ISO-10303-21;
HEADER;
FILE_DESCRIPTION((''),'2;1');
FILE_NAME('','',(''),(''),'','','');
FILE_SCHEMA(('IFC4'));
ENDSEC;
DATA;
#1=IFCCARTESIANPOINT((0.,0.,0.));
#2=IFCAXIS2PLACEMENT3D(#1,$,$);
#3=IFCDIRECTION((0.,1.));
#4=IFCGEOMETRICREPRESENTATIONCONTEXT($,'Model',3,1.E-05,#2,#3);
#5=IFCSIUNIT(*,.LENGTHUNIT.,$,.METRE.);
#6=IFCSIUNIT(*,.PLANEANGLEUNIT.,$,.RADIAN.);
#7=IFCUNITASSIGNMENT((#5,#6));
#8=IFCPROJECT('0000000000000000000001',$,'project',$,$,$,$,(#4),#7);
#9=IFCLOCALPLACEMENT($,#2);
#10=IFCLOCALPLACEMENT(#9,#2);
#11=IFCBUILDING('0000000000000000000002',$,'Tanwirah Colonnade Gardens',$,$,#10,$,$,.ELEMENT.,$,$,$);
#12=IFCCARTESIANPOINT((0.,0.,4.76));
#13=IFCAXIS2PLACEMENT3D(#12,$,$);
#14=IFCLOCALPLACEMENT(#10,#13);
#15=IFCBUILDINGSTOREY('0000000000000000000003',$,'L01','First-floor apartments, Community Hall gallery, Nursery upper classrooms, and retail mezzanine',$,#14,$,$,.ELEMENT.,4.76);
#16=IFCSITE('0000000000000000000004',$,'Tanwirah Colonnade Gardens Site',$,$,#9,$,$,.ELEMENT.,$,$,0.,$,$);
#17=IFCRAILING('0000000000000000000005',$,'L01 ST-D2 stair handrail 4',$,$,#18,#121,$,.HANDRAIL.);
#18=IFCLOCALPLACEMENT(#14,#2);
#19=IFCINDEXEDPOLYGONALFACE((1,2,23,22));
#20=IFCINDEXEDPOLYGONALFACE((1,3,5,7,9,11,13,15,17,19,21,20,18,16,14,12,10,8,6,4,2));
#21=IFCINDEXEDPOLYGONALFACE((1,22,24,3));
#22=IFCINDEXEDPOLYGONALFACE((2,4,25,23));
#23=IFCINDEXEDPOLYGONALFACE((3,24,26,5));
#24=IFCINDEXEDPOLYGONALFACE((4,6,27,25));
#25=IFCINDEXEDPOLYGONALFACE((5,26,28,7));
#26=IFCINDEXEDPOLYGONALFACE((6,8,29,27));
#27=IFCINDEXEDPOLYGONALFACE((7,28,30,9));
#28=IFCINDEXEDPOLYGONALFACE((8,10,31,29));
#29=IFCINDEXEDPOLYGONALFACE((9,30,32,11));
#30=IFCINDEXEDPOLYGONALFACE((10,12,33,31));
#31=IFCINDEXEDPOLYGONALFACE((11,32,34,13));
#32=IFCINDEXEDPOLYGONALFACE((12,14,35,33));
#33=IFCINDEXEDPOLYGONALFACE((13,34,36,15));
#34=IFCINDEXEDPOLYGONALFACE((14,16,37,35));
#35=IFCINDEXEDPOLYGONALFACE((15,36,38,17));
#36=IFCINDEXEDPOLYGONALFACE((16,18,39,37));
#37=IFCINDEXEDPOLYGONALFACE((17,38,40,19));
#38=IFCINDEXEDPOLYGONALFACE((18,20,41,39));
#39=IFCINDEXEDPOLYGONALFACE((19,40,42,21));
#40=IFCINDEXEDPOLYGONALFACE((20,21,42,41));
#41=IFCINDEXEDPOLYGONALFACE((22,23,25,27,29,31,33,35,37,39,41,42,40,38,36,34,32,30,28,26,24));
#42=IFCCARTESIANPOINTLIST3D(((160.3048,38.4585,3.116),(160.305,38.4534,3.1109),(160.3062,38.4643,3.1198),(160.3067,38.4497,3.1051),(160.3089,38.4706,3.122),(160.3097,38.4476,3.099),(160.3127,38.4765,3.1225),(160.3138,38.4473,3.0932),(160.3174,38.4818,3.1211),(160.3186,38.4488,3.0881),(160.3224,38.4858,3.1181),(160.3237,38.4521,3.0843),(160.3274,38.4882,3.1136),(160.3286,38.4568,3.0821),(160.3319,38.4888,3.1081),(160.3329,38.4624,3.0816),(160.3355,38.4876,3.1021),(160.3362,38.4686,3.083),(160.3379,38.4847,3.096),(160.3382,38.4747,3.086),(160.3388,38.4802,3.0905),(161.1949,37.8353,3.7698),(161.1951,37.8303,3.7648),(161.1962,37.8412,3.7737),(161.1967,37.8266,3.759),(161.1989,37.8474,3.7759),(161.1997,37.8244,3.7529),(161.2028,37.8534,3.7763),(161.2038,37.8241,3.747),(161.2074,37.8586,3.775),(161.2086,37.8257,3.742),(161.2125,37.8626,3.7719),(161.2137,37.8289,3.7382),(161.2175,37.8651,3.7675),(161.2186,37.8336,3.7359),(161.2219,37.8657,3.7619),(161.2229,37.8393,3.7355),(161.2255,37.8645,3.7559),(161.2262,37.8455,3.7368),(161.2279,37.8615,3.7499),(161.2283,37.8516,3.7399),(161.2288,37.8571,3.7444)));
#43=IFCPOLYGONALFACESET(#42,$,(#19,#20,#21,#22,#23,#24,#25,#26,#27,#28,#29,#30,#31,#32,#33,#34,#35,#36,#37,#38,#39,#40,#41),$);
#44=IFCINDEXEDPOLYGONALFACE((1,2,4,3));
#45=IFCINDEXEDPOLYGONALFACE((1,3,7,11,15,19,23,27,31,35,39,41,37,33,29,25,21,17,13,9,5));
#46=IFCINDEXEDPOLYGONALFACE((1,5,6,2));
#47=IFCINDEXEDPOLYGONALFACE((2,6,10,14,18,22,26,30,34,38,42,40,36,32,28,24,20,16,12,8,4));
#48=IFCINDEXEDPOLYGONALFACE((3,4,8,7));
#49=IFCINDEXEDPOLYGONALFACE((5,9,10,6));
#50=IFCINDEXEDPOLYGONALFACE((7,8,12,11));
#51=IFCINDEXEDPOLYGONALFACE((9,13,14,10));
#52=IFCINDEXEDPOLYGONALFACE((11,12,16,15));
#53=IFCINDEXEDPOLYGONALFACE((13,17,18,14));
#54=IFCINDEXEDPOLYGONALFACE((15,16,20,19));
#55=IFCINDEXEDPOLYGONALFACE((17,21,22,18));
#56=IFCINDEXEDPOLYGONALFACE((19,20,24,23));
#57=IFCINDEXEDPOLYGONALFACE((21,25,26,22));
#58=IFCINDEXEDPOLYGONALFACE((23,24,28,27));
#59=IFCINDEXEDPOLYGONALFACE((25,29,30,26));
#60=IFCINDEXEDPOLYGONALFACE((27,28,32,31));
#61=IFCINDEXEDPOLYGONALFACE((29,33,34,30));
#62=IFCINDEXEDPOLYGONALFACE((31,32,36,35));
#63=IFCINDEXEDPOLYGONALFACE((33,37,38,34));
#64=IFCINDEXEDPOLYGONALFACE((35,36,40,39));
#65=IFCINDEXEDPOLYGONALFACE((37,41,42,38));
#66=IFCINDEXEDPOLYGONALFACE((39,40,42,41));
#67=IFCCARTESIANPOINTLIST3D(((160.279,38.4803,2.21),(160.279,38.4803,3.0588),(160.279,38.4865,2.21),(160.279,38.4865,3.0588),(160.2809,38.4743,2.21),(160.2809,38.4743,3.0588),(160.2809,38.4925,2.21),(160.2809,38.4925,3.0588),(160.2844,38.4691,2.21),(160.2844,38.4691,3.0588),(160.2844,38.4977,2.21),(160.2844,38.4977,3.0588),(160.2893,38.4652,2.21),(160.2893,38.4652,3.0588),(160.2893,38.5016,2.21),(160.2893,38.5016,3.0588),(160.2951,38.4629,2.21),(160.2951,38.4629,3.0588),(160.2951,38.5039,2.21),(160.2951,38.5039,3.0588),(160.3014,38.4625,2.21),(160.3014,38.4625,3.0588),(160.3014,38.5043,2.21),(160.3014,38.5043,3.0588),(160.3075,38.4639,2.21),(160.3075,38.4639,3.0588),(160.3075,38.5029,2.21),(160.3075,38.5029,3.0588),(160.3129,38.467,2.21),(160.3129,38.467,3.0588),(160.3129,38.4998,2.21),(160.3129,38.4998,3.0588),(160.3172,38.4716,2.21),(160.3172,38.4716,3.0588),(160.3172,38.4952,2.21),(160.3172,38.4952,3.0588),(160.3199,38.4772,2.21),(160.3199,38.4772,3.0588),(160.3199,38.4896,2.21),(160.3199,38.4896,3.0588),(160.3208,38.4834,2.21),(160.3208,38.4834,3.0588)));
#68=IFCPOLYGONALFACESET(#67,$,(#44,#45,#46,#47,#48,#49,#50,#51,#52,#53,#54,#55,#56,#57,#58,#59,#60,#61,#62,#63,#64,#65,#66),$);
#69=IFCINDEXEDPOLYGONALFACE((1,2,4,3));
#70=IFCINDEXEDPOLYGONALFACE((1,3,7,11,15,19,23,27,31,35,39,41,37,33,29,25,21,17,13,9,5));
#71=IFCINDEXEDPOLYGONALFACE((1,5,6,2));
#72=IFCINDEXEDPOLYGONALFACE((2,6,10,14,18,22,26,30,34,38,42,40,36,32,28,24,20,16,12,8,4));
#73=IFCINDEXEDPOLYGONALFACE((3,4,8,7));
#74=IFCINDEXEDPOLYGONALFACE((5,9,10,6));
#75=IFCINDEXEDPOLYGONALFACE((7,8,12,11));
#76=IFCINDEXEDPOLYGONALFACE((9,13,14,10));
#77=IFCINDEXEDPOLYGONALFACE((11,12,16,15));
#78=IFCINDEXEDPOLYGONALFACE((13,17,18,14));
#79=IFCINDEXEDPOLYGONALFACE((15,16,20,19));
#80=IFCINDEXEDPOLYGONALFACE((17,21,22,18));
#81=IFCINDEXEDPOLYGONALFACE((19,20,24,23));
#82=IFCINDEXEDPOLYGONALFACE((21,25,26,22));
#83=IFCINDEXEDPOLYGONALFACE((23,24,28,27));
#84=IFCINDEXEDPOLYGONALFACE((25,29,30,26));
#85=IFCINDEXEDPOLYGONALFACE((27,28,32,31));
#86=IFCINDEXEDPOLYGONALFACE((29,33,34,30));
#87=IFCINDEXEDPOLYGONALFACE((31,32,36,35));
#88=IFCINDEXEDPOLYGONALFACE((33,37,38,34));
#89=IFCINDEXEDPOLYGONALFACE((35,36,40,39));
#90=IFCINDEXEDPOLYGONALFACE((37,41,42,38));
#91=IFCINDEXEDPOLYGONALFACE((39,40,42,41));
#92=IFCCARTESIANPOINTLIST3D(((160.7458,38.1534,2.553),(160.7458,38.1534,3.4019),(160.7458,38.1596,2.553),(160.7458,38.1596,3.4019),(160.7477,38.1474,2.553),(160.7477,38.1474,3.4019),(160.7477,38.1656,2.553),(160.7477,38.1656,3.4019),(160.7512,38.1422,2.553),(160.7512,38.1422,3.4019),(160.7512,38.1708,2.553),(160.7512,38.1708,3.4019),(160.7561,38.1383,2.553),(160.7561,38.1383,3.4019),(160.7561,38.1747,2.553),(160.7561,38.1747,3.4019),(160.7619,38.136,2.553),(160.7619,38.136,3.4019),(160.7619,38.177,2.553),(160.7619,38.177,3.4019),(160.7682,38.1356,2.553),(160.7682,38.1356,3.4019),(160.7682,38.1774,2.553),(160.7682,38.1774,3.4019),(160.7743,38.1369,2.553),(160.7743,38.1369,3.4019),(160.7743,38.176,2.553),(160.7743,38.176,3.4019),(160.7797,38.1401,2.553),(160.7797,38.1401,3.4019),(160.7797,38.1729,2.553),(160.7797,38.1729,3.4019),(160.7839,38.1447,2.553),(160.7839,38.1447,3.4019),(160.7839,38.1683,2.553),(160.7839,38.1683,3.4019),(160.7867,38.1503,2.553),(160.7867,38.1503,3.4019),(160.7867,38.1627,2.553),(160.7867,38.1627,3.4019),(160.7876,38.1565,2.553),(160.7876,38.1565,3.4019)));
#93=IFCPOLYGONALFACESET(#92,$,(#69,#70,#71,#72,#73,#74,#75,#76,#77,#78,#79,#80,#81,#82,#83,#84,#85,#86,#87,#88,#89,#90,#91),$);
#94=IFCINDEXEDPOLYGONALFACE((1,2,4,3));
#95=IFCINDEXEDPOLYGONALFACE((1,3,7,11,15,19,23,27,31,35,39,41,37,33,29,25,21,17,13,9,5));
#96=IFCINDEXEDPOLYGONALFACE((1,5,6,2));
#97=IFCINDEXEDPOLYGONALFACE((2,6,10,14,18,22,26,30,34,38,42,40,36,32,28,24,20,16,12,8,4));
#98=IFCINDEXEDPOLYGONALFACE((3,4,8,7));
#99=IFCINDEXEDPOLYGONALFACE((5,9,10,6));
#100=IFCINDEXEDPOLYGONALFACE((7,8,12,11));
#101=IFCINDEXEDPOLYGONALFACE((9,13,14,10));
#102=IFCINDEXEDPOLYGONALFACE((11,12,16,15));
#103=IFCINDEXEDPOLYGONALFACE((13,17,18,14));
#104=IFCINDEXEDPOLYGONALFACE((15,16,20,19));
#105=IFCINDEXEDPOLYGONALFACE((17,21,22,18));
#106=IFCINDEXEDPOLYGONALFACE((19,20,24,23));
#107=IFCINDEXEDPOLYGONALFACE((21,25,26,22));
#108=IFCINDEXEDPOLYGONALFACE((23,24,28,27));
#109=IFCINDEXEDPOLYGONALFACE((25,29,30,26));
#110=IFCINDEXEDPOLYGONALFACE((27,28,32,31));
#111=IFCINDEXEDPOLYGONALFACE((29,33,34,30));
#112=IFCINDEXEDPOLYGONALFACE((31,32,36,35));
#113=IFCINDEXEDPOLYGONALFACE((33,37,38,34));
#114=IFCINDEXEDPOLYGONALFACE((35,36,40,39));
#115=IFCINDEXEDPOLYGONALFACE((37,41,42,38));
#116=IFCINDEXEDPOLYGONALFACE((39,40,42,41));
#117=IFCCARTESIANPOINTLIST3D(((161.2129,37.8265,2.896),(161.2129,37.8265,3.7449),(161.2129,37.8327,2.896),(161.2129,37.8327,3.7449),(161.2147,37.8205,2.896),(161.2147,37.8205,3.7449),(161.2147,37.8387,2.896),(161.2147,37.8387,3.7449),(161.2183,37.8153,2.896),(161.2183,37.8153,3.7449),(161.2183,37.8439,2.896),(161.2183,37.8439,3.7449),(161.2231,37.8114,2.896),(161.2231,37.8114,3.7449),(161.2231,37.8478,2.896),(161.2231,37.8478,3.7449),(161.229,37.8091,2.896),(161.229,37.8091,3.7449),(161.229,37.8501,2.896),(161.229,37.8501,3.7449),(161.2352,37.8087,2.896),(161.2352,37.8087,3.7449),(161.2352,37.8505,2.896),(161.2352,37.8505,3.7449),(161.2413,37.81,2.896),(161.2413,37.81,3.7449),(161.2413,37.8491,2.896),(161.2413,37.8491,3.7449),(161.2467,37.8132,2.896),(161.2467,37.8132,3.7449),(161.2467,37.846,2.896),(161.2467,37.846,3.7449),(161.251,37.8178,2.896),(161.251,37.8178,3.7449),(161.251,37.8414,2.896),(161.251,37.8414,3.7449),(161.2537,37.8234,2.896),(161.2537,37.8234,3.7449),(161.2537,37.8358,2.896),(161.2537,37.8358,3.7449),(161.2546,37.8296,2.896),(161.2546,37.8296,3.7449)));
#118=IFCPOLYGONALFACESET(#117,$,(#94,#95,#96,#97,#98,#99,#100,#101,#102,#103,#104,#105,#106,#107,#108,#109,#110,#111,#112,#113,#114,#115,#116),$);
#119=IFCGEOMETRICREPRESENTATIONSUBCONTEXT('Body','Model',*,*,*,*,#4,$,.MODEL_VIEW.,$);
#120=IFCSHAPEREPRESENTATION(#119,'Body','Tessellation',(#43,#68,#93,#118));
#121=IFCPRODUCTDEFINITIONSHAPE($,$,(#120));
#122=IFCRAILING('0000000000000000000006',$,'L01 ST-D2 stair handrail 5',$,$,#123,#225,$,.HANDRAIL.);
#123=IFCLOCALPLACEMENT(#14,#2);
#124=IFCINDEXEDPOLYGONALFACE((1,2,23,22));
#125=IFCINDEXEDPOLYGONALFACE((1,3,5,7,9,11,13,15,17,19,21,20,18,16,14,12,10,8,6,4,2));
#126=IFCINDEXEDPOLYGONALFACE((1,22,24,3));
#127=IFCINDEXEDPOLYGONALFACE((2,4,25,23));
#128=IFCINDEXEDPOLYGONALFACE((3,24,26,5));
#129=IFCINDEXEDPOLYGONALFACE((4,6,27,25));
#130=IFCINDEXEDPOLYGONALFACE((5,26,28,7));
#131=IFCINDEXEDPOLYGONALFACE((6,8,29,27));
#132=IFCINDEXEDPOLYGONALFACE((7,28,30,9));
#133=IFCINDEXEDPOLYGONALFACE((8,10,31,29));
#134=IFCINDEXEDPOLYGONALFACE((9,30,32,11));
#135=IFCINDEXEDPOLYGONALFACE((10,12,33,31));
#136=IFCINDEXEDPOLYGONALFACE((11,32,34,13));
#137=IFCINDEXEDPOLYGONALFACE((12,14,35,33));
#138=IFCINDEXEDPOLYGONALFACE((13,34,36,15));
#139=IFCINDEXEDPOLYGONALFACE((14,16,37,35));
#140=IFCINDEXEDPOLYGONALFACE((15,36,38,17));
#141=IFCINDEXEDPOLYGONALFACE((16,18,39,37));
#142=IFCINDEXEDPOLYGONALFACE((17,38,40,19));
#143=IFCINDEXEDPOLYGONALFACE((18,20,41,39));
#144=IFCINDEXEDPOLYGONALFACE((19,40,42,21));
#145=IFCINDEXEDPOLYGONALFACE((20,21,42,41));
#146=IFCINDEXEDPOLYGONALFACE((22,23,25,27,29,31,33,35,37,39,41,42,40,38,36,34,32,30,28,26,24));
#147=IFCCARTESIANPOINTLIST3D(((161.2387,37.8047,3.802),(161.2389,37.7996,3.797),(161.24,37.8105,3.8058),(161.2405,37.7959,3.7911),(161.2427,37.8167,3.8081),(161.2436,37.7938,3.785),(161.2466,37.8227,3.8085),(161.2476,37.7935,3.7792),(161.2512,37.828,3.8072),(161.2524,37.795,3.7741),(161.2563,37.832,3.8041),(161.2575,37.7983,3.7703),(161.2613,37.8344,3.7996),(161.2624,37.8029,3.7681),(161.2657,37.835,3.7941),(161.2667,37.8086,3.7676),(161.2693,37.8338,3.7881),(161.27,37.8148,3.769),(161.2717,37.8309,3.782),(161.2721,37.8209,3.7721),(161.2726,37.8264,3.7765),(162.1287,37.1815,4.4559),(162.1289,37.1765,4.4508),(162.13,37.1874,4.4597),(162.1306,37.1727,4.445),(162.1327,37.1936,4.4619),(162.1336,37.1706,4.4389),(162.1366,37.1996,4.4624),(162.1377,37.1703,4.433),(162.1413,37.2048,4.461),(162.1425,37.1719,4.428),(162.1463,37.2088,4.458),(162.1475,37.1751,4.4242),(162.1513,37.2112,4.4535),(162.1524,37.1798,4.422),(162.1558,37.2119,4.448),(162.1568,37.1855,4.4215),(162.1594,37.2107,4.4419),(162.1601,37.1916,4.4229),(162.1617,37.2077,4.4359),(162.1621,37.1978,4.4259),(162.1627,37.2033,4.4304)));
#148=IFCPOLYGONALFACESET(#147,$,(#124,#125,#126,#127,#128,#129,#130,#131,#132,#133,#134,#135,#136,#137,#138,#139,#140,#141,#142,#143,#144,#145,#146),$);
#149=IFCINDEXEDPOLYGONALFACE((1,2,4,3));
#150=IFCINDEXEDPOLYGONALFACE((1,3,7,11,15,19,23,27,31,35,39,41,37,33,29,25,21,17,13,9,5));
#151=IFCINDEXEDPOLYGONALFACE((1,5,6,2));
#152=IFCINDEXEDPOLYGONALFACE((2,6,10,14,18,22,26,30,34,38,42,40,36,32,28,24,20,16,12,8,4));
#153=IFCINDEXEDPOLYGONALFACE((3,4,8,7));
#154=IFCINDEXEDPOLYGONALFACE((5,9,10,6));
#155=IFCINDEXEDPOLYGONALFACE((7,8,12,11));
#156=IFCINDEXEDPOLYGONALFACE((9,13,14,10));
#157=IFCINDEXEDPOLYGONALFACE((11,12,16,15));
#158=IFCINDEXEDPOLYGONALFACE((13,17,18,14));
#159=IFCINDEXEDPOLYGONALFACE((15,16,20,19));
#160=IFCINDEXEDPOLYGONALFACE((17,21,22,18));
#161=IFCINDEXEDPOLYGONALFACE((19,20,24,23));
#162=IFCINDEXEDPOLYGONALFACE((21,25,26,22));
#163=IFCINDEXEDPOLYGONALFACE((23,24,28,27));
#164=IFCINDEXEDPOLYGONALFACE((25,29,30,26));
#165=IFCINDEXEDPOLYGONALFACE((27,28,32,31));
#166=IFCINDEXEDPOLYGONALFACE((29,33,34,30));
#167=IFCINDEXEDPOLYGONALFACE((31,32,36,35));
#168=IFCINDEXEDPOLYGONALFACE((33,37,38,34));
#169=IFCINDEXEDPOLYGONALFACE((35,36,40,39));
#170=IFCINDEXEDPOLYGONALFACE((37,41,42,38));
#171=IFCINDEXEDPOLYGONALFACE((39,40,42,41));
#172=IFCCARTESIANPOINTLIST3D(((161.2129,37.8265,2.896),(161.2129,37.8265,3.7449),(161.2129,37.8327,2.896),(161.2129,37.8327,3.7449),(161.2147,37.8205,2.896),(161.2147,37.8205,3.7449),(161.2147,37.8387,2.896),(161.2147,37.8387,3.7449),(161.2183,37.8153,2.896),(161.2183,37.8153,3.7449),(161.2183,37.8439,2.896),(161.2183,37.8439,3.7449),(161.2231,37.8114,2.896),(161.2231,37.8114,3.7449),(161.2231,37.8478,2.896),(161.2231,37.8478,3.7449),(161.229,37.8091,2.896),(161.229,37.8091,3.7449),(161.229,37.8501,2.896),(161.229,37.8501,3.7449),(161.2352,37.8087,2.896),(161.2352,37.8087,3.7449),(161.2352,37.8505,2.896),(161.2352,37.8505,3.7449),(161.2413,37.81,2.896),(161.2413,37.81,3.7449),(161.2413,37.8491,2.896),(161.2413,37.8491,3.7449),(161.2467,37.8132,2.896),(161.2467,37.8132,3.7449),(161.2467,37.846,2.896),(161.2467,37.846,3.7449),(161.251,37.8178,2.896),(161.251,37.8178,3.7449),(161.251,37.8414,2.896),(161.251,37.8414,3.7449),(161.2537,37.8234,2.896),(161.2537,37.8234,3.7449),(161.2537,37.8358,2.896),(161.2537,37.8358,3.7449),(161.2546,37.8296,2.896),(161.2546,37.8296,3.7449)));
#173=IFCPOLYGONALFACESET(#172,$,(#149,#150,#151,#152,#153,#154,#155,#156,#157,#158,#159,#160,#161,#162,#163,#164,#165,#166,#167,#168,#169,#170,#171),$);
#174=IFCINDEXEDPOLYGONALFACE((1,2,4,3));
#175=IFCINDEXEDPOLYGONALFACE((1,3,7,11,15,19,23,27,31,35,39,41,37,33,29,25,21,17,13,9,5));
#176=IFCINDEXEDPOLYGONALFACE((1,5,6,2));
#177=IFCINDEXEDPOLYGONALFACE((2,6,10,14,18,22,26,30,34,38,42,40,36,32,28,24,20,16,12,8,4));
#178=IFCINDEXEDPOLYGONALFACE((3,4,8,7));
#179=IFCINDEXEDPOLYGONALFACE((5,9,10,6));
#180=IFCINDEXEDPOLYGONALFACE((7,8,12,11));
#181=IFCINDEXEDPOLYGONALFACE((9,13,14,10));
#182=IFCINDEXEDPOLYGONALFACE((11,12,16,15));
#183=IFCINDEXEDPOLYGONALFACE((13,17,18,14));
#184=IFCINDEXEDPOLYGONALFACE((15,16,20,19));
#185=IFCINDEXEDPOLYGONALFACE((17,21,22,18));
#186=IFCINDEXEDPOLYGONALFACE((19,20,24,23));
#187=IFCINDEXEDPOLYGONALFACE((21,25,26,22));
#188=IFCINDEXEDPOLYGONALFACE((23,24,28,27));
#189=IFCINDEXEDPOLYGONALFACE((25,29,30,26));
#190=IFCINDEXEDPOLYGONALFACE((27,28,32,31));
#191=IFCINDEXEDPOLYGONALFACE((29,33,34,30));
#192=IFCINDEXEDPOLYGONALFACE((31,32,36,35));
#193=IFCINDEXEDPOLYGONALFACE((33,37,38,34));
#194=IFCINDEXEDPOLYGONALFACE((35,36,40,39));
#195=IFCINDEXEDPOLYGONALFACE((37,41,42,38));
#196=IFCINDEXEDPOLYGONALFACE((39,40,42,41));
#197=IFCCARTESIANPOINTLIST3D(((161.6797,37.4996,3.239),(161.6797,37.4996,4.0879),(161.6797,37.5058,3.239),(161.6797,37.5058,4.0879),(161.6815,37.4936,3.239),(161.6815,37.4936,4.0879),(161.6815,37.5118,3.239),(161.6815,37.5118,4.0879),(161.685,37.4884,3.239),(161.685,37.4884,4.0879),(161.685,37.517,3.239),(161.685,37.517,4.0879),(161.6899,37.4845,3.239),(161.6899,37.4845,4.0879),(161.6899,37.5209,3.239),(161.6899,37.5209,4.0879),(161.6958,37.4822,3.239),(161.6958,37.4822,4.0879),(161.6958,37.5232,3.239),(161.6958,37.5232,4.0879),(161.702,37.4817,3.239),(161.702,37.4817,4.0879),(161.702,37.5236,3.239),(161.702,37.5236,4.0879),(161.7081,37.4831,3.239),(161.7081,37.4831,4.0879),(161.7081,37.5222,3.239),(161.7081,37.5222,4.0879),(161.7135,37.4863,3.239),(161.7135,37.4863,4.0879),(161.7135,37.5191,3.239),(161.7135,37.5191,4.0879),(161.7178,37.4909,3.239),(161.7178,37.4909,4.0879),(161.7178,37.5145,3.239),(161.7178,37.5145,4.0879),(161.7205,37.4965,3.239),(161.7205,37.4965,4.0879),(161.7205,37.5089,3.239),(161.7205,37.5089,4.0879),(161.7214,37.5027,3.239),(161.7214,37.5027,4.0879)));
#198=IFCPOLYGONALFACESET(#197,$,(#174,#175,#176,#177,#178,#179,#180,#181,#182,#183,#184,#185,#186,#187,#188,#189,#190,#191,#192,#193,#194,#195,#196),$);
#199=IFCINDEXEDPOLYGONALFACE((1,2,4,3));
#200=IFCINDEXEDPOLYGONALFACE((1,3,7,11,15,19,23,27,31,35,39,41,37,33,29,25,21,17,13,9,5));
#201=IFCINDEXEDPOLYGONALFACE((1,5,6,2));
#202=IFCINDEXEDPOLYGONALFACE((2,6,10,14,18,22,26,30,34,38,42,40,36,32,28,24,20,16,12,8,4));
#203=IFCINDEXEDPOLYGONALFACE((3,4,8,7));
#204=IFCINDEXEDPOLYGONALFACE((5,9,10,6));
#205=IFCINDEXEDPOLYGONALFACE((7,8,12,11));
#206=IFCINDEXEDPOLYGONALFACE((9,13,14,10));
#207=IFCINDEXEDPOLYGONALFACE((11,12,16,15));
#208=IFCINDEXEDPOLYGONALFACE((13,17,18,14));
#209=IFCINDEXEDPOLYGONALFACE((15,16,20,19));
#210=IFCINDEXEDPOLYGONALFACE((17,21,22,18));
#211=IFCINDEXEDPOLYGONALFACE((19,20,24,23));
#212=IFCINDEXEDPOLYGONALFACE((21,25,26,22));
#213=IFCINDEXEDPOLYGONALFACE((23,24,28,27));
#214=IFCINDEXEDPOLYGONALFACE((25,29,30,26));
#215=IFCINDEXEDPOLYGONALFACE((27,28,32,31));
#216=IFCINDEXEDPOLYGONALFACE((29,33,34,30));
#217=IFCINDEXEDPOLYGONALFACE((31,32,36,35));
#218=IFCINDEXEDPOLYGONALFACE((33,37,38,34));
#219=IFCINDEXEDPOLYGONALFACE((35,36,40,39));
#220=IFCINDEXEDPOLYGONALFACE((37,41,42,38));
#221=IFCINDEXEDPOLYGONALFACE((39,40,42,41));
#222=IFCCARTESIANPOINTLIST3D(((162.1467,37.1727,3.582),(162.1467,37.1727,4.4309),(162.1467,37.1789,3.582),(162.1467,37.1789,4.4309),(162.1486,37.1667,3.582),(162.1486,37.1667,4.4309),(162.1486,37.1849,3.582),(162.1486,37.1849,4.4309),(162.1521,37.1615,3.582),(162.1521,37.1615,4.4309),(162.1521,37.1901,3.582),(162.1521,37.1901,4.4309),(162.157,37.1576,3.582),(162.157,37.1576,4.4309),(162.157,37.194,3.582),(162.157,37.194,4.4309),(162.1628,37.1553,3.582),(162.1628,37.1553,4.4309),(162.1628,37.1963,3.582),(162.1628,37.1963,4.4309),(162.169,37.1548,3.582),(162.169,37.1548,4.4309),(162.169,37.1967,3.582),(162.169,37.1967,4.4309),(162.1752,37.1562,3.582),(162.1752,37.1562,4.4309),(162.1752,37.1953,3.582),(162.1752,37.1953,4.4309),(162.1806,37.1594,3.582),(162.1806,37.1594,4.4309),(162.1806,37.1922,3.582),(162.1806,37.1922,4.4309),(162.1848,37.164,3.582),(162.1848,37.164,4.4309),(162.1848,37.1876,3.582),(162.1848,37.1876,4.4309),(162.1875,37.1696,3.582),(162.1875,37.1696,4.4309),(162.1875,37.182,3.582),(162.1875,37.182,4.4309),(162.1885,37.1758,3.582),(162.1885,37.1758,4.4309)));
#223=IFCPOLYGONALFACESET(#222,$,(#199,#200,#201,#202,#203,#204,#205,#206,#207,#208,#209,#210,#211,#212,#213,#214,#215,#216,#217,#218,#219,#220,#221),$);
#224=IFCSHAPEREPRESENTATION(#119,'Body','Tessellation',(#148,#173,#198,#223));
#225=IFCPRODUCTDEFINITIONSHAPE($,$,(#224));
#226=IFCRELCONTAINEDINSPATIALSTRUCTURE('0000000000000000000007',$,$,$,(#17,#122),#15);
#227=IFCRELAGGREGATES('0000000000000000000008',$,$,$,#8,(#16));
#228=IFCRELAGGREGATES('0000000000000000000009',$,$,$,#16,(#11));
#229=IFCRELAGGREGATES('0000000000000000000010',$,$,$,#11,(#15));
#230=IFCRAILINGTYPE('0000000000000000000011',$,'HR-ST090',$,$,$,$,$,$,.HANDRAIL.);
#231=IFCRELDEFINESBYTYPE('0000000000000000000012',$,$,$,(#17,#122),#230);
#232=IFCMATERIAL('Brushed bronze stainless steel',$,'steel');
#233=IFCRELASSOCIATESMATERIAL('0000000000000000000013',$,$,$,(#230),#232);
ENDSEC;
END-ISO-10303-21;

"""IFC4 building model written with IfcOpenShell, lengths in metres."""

from ifc_helpers import new_model, si_unit, direction, frame, origin, origin_2d, place, context, subcontext, project, spatial, circle, extrude, material, type_object, element, save


model = new_model("IFC4")

# Units and contexts
model_context = context("Model", 3, precision=1e-05, world=origin(), true_north=direction((0.0, 1.0)))
body_context = subcontext(model_context, "Body", "Model", "MODEL_VIEW")
ifc_project = project(units=[si_unit("LENGTHUNIT", "METRE"), si_unit("PLANEANGLEUNIT", "RADIAN")], contexts=[model_context])

# Site, building, storey
site_placement = place(None, origin())
site = spatial("IfcSite", under=ifc_project, at=site_placement, Name="Tanwirah Colonnade Gardens Site", CompositionType="ELEMENT", RefElevation=0.0)
building_placement = place(site_placement, origin())
building = spatial("IfcBuilding", under=site, at=building_placement, Name="Tanwirah Colonnade Gardens", CompositionType="ELEMENT")
storey_placement = place(building_placement, frame((0.0, 0.0, 4.76)))
storey = spatial("IfcBuildingStorey", under=building, at=storey_placement, Name="L01", Description="First-floor apartments, Community Hall gallery, Nursery upper classrooms, and retail mezzanine", CompositionType="ELEMENT", Elevation=4.76)

# Railings
ifc_material_1 = material(Name="Brushed bronze stainless steel", Category="steel")
railing_type_1 = type_object("IfcRailingType", Name="HR-ST090", PredefinedType="HANDRAIL", material=ifc_material_1)
for number, where, name in (
    (1, (160.2998, 38.4834, 2.21), "L01 ST-D2 stair handrail 4"),
    (2, (161.2336, 37.8296, 2.896), "L01 ST-D2 stair handrail 5"),
):
    element("IfcRailing", number, at=place(storey_placement, frame(where)), inside=storey, type_object=railing_type_1, Name=name, PredefinedType="HANDRAIL", context=body_context, shape_type="SweptSolid", body=[
        extrude(circle(Radius=0.0239, at=origin_2d()), frame((0.022, -0.0154, 0.8921), z_axis=(0.701883, -0.49141, 0.515632), x_axis=(0.573534, 0.819182, 0.0)), (0.0, 0.0, 1.0), 1.2681),
        extrude(circle(Radius=0.021, at=origin_2d()), origin(), (0.0, 0.0, 1.0), 0.8489),
        extrude(circle(Radius=0.021, at=origin_2d()), frame((0.4668, -0.3269, 0.343)), (0.0, 0.0, 1.0), 0.8489),
        extrude(circle(Radius=0.021, at=origin_2d()), frame((0.9338, -0.6538, 0.686)), (0.0, 0.0, 1.0), 0.8489),
    ])

save(model, "model.ifc")
